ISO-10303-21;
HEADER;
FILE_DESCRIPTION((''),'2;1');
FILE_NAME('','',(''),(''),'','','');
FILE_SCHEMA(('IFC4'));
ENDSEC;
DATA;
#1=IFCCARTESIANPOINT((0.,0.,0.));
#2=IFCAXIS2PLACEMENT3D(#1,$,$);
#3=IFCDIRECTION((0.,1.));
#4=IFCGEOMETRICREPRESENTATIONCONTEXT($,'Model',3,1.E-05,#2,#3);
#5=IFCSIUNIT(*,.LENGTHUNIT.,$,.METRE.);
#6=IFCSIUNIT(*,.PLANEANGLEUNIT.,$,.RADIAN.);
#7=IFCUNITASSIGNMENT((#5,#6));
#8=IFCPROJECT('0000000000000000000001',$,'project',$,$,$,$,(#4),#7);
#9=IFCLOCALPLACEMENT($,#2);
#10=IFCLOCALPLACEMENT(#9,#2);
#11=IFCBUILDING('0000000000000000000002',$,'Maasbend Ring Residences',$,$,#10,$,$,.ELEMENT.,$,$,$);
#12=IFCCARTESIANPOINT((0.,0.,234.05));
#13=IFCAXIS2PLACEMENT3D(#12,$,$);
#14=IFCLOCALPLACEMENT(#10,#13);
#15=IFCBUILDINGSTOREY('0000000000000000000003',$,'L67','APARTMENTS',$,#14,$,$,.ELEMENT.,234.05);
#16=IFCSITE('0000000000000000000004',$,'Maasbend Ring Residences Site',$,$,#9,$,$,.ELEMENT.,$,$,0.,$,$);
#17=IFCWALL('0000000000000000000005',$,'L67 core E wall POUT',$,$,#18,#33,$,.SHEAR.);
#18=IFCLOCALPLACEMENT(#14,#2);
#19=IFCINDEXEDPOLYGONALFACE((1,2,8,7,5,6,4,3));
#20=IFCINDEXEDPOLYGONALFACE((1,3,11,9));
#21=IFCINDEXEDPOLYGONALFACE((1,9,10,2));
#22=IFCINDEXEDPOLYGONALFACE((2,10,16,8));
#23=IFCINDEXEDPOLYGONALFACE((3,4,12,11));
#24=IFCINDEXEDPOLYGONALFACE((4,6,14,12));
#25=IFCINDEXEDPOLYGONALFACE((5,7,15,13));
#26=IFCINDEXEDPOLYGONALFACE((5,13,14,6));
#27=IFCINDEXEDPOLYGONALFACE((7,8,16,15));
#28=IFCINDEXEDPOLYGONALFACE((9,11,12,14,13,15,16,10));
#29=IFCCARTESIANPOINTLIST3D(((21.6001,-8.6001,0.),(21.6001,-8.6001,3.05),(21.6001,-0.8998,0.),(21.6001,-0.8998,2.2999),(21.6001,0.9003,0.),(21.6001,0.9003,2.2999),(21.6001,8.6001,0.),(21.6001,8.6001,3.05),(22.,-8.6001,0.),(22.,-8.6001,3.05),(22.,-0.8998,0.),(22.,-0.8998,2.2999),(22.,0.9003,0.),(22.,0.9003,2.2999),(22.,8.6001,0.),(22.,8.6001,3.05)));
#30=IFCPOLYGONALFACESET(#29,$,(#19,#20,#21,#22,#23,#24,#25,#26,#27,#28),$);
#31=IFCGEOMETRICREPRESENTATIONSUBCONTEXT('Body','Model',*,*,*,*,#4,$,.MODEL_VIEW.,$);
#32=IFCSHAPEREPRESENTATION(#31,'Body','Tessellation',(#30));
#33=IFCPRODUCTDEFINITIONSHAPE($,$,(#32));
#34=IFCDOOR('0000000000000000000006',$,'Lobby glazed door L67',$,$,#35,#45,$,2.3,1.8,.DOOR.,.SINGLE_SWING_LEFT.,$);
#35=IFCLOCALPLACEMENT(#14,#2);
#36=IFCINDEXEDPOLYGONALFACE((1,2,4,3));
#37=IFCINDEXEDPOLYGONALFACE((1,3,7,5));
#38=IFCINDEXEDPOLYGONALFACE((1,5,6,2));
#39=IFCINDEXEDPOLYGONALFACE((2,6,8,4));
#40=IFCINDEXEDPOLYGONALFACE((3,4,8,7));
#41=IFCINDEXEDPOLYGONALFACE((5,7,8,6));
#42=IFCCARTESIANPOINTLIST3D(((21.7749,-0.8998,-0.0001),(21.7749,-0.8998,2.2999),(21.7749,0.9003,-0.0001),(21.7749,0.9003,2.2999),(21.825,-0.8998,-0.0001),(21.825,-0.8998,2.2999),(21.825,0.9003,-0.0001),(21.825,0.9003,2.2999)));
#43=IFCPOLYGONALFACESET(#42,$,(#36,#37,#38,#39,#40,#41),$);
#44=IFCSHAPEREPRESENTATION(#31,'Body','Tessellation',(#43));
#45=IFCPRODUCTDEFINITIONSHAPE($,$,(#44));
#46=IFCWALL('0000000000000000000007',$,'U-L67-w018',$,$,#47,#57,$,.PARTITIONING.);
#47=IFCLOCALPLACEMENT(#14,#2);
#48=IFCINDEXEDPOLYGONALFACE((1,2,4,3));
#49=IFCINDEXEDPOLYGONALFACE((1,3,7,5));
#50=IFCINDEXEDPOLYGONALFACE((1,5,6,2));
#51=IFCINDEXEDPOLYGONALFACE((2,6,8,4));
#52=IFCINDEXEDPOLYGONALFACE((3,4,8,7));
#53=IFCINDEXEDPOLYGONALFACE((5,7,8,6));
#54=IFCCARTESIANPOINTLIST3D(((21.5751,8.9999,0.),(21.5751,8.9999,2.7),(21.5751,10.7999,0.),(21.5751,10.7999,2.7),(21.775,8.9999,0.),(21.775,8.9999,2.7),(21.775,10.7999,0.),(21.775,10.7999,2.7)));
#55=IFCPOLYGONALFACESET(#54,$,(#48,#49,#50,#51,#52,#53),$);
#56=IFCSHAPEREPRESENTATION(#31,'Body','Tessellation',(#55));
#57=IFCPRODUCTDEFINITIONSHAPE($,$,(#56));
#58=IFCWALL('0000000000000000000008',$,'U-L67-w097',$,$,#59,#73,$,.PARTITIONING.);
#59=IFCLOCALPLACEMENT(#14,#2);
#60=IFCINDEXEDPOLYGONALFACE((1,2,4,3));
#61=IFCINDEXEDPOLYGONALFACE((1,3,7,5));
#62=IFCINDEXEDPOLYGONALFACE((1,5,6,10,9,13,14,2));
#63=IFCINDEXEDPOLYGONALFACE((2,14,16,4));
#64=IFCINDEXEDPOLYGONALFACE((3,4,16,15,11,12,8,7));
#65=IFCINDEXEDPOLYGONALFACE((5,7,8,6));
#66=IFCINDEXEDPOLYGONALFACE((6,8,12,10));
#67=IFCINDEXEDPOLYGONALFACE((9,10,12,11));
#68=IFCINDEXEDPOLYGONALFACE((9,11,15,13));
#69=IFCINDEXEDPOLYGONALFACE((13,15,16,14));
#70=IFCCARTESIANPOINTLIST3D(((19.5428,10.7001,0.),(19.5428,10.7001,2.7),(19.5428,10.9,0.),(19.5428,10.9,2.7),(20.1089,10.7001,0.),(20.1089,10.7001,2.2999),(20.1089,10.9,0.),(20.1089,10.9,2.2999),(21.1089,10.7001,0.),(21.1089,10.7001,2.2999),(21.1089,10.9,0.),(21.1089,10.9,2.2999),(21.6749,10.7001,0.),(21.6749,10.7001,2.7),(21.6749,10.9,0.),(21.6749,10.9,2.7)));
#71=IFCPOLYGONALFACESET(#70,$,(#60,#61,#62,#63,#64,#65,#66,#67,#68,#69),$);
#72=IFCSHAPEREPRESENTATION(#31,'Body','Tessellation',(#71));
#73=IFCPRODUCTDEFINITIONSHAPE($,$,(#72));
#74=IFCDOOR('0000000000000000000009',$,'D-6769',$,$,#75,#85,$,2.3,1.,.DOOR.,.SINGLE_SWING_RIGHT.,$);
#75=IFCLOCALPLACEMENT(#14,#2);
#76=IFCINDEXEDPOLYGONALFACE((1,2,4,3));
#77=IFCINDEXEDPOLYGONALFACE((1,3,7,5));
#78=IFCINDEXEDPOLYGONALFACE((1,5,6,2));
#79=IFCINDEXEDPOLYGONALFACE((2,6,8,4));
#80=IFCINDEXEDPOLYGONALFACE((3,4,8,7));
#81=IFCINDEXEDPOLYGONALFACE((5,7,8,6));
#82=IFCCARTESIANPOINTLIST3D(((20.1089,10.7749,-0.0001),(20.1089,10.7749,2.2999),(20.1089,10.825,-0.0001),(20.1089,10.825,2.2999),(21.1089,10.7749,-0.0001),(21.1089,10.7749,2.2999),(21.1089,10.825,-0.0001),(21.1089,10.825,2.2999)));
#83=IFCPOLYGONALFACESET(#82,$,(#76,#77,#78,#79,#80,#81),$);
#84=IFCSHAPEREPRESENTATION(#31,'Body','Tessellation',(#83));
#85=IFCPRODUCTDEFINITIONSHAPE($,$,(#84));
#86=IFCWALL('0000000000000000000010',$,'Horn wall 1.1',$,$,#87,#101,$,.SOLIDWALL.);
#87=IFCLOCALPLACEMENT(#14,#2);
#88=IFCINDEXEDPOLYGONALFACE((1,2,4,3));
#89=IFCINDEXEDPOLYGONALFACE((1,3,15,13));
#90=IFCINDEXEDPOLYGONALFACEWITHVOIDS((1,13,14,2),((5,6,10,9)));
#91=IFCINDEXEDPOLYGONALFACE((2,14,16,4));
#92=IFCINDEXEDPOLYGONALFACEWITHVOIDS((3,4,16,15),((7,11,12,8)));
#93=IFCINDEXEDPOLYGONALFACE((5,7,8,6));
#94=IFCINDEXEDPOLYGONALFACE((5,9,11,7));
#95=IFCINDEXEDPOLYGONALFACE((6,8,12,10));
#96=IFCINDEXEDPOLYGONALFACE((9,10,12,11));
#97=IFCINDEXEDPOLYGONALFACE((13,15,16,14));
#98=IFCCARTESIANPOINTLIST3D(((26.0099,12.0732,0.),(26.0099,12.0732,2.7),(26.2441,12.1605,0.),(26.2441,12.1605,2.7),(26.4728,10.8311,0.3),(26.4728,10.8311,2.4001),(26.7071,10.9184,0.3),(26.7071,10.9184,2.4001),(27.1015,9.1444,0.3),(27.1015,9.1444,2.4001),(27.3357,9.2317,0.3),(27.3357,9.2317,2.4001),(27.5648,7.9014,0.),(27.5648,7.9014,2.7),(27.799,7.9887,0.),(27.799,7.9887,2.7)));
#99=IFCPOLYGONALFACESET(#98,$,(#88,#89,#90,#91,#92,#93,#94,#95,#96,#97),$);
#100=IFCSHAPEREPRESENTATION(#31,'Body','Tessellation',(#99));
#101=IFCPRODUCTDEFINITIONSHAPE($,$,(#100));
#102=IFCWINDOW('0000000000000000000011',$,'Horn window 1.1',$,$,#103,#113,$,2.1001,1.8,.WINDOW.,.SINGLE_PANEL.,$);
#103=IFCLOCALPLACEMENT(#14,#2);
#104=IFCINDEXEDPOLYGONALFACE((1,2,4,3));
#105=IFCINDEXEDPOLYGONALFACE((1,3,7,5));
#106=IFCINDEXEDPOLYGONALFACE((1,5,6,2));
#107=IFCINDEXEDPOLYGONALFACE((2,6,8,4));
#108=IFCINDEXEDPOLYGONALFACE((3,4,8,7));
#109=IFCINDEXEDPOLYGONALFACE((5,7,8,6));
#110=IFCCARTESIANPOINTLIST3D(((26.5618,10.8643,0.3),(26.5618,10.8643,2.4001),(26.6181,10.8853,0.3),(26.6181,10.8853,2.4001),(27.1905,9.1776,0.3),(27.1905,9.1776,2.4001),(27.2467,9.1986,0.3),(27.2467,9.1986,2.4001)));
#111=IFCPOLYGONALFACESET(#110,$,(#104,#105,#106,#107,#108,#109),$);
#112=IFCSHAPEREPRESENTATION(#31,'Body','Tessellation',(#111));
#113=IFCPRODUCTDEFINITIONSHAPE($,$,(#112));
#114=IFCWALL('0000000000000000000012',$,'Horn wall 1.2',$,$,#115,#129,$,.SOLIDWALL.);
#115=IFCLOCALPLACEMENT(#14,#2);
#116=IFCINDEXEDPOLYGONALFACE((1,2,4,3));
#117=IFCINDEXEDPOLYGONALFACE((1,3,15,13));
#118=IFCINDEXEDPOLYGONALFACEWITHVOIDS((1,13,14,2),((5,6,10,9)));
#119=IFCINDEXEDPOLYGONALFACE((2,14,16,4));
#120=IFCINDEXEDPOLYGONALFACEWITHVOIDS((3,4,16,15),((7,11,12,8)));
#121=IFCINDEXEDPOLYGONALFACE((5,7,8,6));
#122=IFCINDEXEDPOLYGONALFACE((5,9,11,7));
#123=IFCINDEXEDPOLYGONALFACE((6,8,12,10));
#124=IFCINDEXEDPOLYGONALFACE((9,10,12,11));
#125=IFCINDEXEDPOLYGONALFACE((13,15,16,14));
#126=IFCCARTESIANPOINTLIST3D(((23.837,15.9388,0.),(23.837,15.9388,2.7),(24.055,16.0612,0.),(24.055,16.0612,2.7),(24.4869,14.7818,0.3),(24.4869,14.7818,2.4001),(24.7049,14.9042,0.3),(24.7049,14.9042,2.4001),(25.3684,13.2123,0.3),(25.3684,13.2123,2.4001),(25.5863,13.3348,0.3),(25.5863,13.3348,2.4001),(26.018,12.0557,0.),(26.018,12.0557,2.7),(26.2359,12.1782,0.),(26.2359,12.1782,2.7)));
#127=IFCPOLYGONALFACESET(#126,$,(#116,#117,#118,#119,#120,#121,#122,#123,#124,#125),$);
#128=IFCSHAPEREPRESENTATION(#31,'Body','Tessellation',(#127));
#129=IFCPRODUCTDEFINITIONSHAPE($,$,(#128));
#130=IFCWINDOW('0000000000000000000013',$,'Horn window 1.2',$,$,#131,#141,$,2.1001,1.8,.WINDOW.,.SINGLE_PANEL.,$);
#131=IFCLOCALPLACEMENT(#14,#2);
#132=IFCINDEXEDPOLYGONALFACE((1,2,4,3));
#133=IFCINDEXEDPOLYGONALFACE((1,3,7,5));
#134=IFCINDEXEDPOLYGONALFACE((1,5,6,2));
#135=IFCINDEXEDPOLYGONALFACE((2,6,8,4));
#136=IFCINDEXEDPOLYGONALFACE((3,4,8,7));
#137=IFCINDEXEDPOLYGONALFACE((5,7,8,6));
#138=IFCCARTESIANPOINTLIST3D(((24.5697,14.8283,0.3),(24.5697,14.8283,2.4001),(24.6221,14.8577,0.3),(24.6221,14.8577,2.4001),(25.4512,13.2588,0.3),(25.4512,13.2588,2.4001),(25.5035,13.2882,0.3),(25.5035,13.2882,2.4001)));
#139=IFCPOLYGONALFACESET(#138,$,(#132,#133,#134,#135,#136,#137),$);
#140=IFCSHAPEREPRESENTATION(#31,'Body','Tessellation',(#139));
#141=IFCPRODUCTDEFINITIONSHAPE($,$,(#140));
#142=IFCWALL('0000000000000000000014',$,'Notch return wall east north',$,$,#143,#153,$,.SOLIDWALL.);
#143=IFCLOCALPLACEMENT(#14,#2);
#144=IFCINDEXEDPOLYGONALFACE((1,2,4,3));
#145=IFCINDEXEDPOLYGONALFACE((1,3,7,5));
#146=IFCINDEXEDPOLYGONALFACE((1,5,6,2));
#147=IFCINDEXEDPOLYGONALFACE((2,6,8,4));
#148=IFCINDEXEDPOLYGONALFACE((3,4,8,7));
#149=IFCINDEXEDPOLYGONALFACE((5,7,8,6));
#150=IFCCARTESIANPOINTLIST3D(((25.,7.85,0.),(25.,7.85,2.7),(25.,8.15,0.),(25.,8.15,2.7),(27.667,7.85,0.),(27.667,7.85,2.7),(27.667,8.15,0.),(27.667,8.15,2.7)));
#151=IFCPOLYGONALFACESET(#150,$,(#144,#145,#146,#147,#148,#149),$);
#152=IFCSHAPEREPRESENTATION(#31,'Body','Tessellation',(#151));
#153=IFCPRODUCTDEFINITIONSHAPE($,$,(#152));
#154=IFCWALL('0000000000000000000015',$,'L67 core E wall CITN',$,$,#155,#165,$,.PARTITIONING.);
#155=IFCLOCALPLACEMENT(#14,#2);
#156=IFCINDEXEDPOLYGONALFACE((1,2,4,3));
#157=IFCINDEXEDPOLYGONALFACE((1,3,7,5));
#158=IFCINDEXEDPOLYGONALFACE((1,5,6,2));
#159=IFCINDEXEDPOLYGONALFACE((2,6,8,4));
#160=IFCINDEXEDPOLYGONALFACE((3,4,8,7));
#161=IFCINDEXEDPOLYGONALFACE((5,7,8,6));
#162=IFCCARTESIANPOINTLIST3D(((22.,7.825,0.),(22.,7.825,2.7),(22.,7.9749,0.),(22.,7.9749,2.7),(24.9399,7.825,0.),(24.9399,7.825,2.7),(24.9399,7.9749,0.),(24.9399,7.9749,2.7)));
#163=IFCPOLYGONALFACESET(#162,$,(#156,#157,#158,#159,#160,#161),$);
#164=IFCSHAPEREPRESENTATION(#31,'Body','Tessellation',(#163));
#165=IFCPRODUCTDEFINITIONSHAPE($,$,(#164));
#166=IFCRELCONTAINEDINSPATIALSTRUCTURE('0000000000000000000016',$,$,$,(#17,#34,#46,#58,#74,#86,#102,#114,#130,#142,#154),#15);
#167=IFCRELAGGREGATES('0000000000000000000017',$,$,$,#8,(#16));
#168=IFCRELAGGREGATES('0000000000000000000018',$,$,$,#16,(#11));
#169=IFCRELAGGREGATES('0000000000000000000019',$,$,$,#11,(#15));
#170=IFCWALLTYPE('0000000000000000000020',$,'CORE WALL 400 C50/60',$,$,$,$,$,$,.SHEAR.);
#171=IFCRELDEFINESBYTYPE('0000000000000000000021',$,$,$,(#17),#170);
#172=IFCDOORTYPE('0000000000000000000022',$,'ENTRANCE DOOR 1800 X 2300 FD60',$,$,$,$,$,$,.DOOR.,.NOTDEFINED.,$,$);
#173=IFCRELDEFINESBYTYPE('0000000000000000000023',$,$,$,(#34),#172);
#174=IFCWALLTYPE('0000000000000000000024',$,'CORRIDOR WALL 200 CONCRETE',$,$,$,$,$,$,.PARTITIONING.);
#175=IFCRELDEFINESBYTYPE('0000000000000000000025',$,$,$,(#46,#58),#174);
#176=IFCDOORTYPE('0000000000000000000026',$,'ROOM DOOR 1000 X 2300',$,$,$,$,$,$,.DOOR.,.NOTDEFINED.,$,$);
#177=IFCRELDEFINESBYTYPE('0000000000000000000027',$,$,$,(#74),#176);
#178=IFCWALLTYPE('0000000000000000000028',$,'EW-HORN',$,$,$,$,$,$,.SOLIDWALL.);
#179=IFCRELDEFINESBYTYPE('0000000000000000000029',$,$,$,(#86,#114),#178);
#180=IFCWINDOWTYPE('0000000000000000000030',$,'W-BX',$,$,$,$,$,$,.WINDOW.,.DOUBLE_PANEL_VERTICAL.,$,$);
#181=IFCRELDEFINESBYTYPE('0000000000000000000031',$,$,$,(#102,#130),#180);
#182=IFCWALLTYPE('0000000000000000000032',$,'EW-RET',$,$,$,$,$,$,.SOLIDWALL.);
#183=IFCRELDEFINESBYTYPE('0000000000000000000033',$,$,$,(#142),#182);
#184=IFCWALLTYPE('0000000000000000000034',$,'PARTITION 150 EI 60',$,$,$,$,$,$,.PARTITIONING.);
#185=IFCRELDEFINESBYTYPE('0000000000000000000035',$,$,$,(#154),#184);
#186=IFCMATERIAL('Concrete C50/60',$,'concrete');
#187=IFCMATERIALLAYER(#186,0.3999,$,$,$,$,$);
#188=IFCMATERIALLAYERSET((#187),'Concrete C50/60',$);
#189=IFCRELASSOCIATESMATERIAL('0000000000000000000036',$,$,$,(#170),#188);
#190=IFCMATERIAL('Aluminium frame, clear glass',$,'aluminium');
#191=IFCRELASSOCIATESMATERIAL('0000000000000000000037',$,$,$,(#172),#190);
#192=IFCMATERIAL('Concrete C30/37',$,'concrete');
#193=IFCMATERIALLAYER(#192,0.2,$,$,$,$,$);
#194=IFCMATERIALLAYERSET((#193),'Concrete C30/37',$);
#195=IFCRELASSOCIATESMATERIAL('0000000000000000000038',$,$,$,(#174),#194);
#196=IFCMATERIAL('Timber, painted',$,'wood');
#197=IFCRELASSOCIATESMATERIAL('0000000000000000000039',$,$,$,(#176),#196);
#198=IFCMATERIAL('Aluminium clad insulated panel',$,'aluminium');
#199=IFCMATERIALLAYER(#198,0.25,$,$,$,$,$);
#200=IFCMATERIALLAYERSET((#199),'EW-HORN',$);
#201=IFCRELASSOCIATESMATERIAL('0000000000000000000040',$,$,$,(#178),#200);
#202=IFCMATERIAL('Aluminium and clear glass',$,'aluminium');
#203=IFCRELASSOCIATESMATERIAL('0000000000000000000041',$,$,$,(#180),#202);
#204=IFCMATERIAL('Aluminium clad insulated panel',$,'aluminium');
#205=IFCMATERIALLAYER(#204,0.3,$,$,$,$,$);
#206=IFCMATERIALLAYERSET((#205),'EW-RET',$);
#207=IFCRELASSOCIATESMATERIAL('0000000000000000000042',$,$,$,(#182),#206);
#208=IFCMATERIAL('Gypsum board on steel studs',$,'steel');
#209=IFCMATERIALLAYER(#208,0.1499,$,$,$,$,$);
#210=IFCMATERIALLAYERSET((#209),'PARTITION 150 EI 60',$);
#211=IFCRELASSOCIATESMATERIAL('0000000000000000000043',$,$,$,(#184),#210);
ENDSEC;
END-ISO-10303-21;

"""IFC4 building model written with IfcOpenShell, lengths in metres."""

from ifc_helpers import new_model, si_unit, direction, frame, frame_2d, origin, place, context, subcontext, project, spatial, rectangle, extrude, material, layer, layer_set, type_object, element, fill, save


model = new_model("IFC4")

# Units and contexts
model_context = context("Model", 3, precision=1e-05, world=origin(), true_north=direction((0.0, 1.0)))
body_context = subcontext(model_context, "Body", "Model", "MODEL_VIEW")
ifc_project = project(units=[si_unit("LENGTHUNIT", "METRE"), si_unit("PLANEANGLEUNIT", "RADIAN")], contexts=[model_context])

# Site, building, storey
site_placement = place(None, origin())
site = spatial("IfcSite", under=ifc_project, at=site_placement, Name="Maasbend Ring Residences Site", CompositionType="ELEMENT", RefElevation=0.0)
building_placement = place(site_placement, origin())
building = spatial("IfcBuilding", under=site, at=building_placement, Name="Maasbend Ring Residences", CompositionType="ELEMENT")
storey_placement = place(building_placement, frame((0.0, 0.0, 234.05)))
storey = spatial("IfcBuildingStorey", under=building, at=storey_placement, Name="L67", Description="APARTMENTS", CompositionType="ELEMENT", Elevation=234.05)

# Wall, opening, door
ifc_material_1 = material(Name="Concrete C50/60", Category="concrete")
ifc_layer_1 = layer(ifc_material_1, 0.3999)
ifc_layer_set_1 = layer_set([ifc_layer_1], Name="Concrete C50/60")
wall_type_1 = type_object("IfcWallType", Name="CORE WALL 400 C50/60", PredefinedType="SHEAR", material=ifc_layer_set_1)
wall_1_placement = place(storey_placement, frame((21.8, 8.6001, 0.0), z_axis=(0.0, 0.0, 1.0), x_axis=(0.0, -1.0, 0.0)))
wall_1 = element("IfcWall", 1, at=wall_1_placement, inside=storey, type_object=wall_type_1, Name="L67 core E wall POUT", PredefinedType="SHEAR", context=body_context, shape_type="SweptSolid", body=[
    extrude(rectangle(XDim=17.2002, YDim=0.3999, at=frame_2d((8.6001, 0.0))), origin(), (0.0, 0.0, 1.0), 3.05),
])
opening_1_placement = place(wall_1_placement, frame((7.7, 0.0, 0.0)))
opening_1 = element("IfcOpeningElement", 2, at=opening_1_placement, cuts=wall_1, PredefinedType="OPENING", context=body_context, shape_type="SweptSolid", body=[
    extrude(rectangle(XDim=1.8, YDim=2.3, at=frame_2d((0.8999, 1.1499))), frame((0.0, 0.21, 0.0), z_axis=(0.0, -1.0, 0.0), x_axis=(1.0, 0.0, 0.0)), (0.0, 0.0, 1.0), 0.4199),
])
ifc_material_2 = material(Name="Aluminium frame, clear glass", Category="aluminium")
door_type_1 = type_object("IfcDoorType", Name="ENTRANCE DOOR 1800 X 2300 FD60", OperationType="NOTDEFINED", PredefinedType="DOOR", material=ifc_material_2)
door_1_placement = place(opening_1_placement, origin())
door_1 = element("IfcDoor", 3, at=door_1_placement, inside=storey, type_object=door_type_1, Name="Lobby glazed door L67", OperationType="SINGLE_SWING_LEFT", OverallHeight=2.3, OverallWidth=1.8, PredefinedType="DOOR", context=body_context, shape_type="SweptSolid", body=[
    extrude(rectangle(XDim=1.8, YDim=2.3, at=frame_2d((0.8999, 1.1499))), frame((0.0, 0.0249, 0.0), z_axis=(0.0, -1.0, 0.0), x_axis=(1.0, 0.0, 0.0)), (0.0, 0.0, 1.0), 0.05),
])
fill(opening_1, door_1)

# Wall
ifc_material_3 = material(Name="Concrete C30/37", Category="concrete")
ifc_layer_2 = layer(ifc_material_3, 0.2)
ifc_layer_set_2 = layer_set([ifc_layer_2], Name="Concrete C30/37")
wall_type_2 = type_object("IfcWallType", Name="CORRIDOR WALL 200 CONCRETE", PredefinedType="PARTITIONING", material=ifc_layer_set_2)
wall_2_placement = place(storey_placement, frame((21.675, 9.0, 0.0), z_axis=(0.0, 0.0, 1.0), x_axis=(0.0, 1.0, 0.0)))
element("IfcWall", 4, at=wall_2_placement, inside=storey, type_object=wall_type_2, Name="U-L67-w018", PredefinedType="PARTITIONING", context=body_context, shape_type="SweptSolid", body=[
    extrude(rectangle(XDim=1.8, YDim=0.2, at=frame_2d((0.8999, 0.0))), origin(), (0.0, 0.0, 1.0), 2.7),
])

# Wall, opening, door
wall_3_placement = place(storey_placement, frame((19.543, 10.8, 0.0), z_axis=(0.0, 0.0, 1.0), x_axis=(1.0, 0.0, 0.0)))
wall_3 = element("IfcWall", 5, at=wall_3_placement, inside=storey, type_object=wall_type_2, Name="U-L67-w097", PredefinedType="PARTITIONING", context=body_context, shape_type="SweptSolid", body=[
    extrude(rectangle(XDim=2.1321, YDim=0.2, at=frame_2d((1.0659, 0.0))), origin(), (0.0, 0.0, 1.0), 2.7),
])
opening_2_placement = place(wall_3_placement, frame((0.5659, 0.0, 0.0)))
opening_2 = element("IfcOpeningElement", 6, at=opening_2_placement, cuts=wall_3, PredefinedType="OPENING", context=body_context, shape_type="SweptSolid", body=[
    extrude(rectangle(XDim=1.0, YDim=2.3, at=frame_2d((0.5, 1.1499))), frame((0.0, 0.1099, 0.0), z_axis=(0.0, -1.0, 0.0), x_axis=(1.0, 0.0, 0.0)), (0.0, 0.0, 1.0), 0.22),
])
ifc_material_4 = material(Name="Timber, painted", Category="wood")
door_type_2 = type_object("IfcDoorType", Name="ROOM DOOR 1000 X 2300", OperationType="NOTDEFINED", PredefinedType="DOOR", material=ifc_material_4)
door_2_placement = place(opening_2_placement, origin())
door_2 = element("IfcDoor", 7, at=door_2_placement, inside=storey, type_object=door_type_2, Name="D-6769", OperationType="SINGLE_SWING_RIGHT", OverallHeight=2.3, OverallWidth=1.0, PredefinedType="DOOR", context=body_context, shape_type="SweptSolid", body=[
    extrude(rectangle(XDim=1.0, YDim=2.3, at=frame_2d((0.5, 1.1499))), frame((0.0, 0.0249, 0.0), z_axis=(0.0, -1.0, 0.0), x_axis=(1.0, 0.0, 0.0)), (0.0, 0.0, 1.0), 0.05),
])
fill(opening_2, door_2)

# Walls, openings, windows
ifc_material_5 = material(Name="Aluminium clad insulated panel", Category="aluminium")
ifc_layer_3 = layer(ifc_material_5, 0.25)
ifc_layer_set_3 = layer_set([ifc_layer_3], Name="EW-HORN")
wall_type_3 = type_object("IfcWallType", Name="EW-HORN", PredefinedType="SOLIDWALL", material=ifc_layer_set_3)
wall_4_placement = place(storey_placement, frame((27.6819, 7.9451, 0.0), z_axis=(0.0, 0.0, 1.0), x_axis=(-0.349248, 0.93703, 0.0)))
wall_4 = element("IfcWall", 8, at=wall_4_placement, inside=storey, type_object=wall_type_3, Name="Horn wall 1.1", PredefinedType="SOLIDWALL", context=body_context, shape_type="SweptSolid", body=[
    extrude(rectangle(XDim=4.4521, YDim=0.25, at=frame_2d((2.2261, 0.0))), origin(), (0.0, 0.0, 1.0), 2.7),
])
opening_3_placement = place(wall_4_placement, frame((1.3267, 0.0, 0.3)))
opening_3 = element("IfcOpeningElement", 9, at=opening_3_placement, cuts=wall_4, PredefinedType="OPENING", context=body_context, shape_type="SweptSolid", body=[
    extrude(rectangle(XDim=1.8, YDim=2.1001, at=frame_2d((0.8999, 1.05))), frame((0.0, 0.135, 0.0), z_axis=(0.0, -1.0, 0.0), x_axis=(1.0, 0.0, 0.0)), (0.0, 0.0, 1.0), 0.27),
])
ifc_material_6 = material(Name="Aluminium and clear glass", Category="aluminium")
window_type = type_object("IfcWindowType", Name="W-BX", PartitioningType="DOUBLE_PANEL_VERTICAL", PredefinedType="WINDOW", material=ifc_material_6)
window_1_placement = place(opening_3_placement, origin())
window_1 = element("IfcWindow", 10, at=window_1_placement, inside=storey, type_object=window_type, Name="Horn window 1.1", OverallHeight=2.1001, OverallWidth=1.8, PartitioningType="SINGLE_PANEL", PredefinedType="WINDOW", context=body_context, shape_type="SweptSolid", body=[
    extrude(rectangle(XDim=1.8, YDim=2.1001, at=frame_2d((0.8999, 1.05))), frame((0.0, 0.03, 0.0), z_axis=(0.0, -1.0, 0.0), x_axis=(1.0, 0.0, 0.0)), (0.0, 0.0, 1.0), 0.0601),
])
fill(opening_3, window_1)
wall_5_placement = place(storey_placement, frame((26.127, 12.1169, 0.0), z_axis=(0.0, 0.0, 1.0), x_axis=(-0.489696, 0.871893, 0.0)))
wall_5 = element("IfcWall", 11, at=wall_5_placement, inside=storey, type_object=wall_type_3, Name="Horn wall 1.2", PredefinedType="SOLIDWALL", context=body_context, shape_type="SweptSolid", body=[
    extrude(rectangle(XDim=4.4536, YDim=0.25, at=frame_2d((2.2268, 0.0))), origin(), (0.0, 0.0, 1.0), 2.7),
])
opening_4_placement = place(wall_5_placement, frame((1.3267, 0.0, 0.3)))
opening_4 = element("IfcOpeningElement", 12, at=opening_4_placement, cuts=wall_5, PredefinedType="OPENING", context=body_context, shape_type="SweptSolid", body=[
    extrude(rectangle(XDim=1.8, YDim=2.1001, at=frame_2d((0.8999, 1.05))), frame((0.0, 0.135, 0.0), z_axis=(0.0, -1.0, 0.0), x_axis=(1.0, 0.0, 0.0)), (0.0, 0.0, 1.0), 0.27),
])
window_2_placement = place(opening_4_placement, origin())
window_2 = element("IfcWindow", 13, at=window_2_placement, inside=storey, type_object=window_type, Name="Horn window 1.2", OverallHeight=2.1001, OverallWidth=1.8, PartitioningType="SINGLE_PANEL", PredefinedType="WINDOW", context=body_context, shape_type="SweptSolid", body=[
    extrude(rectangle(XDim=1.8, YDim=2.1001, at=frame_2d((0.8999, 1.05))), frame((0.0, 0.03, 0.0), z_axis=(0.0, -1.0, 0.0), x_axis=(1.0, 0.0, 0.0)), (0.0, 0.0, 1.0), 0.0601),
])
fill(opening_4, window_2)

# Walls
ifc_material_7 = material(Name="Aluminium clad insulated panel", Category="aluminium")
ifc_layer_4 = layer(ifc_material_7, 0.3)
ifc_layer_set_4 = layer_set([ifc_layer_4], Name="EW-RET")
wall_type_4 = type_object("IfcWallType", Name="EW-RET", PredefinedType="SOLIDWALL", material=ifc_layer_set_4)
wall_6_placement = place(storey_placement, frame((25.0, 8.0, 0.0), z_axis=(0.0, 0.0, 1.0), x_axis=(1.0, 0.0, 0.0)))
element("IfcWall", 14, at=wall_6_placement, inside=storey, type_object=wall_type_4, Name="Notch return wall east north", PredefinedType="SOLIDWALL", context=body_context, shape_type="SweptSolid", body=[
    extrude(rectangle(XDim=2.667, YDim=0.3, at=frame_2d((1.3335, 0.0))), origin(), (0.0, 0.0, 1.0), 2.7),
])
ifc_material_8 = material(Name="Gypsum board on steel studs", Category="steel")
ifc_layer_5 = layer(ifc_material_8, 0.1499)
ifc_layer_set_5 = layer_set([ifc_layer_5], Name="PARTITION 150 EI 60")
wall_type_5 = type_object("IfcWallType", Name="PARTITION 150 EI 60", PredefinedType="PARTITIONING", material=ifc_layer_set_5)
wall_7_placement = place(storey_placement, frame((22.0, 7.8999, 0.0), z_axis=(0.0, 0.0, 1.0), x_axis=(1.0, 0.0, 0.0)))
element("IfcWall", 15, at=wall_7_placement, inside=storey, type_object=wall_type_5, Name="L67 core E wall CITN", PredefinedType="PARTITIONING", context=body_context, shape_type="SweptSolid", body=[
    extrude(rectangle(XDim=2.9399, YDim=0.1499, at=frame_2d((1.47, 0.0))), origin(), (0.0, 0.0, 1.0), 2.7),
])

save(model, "model.ifc")
